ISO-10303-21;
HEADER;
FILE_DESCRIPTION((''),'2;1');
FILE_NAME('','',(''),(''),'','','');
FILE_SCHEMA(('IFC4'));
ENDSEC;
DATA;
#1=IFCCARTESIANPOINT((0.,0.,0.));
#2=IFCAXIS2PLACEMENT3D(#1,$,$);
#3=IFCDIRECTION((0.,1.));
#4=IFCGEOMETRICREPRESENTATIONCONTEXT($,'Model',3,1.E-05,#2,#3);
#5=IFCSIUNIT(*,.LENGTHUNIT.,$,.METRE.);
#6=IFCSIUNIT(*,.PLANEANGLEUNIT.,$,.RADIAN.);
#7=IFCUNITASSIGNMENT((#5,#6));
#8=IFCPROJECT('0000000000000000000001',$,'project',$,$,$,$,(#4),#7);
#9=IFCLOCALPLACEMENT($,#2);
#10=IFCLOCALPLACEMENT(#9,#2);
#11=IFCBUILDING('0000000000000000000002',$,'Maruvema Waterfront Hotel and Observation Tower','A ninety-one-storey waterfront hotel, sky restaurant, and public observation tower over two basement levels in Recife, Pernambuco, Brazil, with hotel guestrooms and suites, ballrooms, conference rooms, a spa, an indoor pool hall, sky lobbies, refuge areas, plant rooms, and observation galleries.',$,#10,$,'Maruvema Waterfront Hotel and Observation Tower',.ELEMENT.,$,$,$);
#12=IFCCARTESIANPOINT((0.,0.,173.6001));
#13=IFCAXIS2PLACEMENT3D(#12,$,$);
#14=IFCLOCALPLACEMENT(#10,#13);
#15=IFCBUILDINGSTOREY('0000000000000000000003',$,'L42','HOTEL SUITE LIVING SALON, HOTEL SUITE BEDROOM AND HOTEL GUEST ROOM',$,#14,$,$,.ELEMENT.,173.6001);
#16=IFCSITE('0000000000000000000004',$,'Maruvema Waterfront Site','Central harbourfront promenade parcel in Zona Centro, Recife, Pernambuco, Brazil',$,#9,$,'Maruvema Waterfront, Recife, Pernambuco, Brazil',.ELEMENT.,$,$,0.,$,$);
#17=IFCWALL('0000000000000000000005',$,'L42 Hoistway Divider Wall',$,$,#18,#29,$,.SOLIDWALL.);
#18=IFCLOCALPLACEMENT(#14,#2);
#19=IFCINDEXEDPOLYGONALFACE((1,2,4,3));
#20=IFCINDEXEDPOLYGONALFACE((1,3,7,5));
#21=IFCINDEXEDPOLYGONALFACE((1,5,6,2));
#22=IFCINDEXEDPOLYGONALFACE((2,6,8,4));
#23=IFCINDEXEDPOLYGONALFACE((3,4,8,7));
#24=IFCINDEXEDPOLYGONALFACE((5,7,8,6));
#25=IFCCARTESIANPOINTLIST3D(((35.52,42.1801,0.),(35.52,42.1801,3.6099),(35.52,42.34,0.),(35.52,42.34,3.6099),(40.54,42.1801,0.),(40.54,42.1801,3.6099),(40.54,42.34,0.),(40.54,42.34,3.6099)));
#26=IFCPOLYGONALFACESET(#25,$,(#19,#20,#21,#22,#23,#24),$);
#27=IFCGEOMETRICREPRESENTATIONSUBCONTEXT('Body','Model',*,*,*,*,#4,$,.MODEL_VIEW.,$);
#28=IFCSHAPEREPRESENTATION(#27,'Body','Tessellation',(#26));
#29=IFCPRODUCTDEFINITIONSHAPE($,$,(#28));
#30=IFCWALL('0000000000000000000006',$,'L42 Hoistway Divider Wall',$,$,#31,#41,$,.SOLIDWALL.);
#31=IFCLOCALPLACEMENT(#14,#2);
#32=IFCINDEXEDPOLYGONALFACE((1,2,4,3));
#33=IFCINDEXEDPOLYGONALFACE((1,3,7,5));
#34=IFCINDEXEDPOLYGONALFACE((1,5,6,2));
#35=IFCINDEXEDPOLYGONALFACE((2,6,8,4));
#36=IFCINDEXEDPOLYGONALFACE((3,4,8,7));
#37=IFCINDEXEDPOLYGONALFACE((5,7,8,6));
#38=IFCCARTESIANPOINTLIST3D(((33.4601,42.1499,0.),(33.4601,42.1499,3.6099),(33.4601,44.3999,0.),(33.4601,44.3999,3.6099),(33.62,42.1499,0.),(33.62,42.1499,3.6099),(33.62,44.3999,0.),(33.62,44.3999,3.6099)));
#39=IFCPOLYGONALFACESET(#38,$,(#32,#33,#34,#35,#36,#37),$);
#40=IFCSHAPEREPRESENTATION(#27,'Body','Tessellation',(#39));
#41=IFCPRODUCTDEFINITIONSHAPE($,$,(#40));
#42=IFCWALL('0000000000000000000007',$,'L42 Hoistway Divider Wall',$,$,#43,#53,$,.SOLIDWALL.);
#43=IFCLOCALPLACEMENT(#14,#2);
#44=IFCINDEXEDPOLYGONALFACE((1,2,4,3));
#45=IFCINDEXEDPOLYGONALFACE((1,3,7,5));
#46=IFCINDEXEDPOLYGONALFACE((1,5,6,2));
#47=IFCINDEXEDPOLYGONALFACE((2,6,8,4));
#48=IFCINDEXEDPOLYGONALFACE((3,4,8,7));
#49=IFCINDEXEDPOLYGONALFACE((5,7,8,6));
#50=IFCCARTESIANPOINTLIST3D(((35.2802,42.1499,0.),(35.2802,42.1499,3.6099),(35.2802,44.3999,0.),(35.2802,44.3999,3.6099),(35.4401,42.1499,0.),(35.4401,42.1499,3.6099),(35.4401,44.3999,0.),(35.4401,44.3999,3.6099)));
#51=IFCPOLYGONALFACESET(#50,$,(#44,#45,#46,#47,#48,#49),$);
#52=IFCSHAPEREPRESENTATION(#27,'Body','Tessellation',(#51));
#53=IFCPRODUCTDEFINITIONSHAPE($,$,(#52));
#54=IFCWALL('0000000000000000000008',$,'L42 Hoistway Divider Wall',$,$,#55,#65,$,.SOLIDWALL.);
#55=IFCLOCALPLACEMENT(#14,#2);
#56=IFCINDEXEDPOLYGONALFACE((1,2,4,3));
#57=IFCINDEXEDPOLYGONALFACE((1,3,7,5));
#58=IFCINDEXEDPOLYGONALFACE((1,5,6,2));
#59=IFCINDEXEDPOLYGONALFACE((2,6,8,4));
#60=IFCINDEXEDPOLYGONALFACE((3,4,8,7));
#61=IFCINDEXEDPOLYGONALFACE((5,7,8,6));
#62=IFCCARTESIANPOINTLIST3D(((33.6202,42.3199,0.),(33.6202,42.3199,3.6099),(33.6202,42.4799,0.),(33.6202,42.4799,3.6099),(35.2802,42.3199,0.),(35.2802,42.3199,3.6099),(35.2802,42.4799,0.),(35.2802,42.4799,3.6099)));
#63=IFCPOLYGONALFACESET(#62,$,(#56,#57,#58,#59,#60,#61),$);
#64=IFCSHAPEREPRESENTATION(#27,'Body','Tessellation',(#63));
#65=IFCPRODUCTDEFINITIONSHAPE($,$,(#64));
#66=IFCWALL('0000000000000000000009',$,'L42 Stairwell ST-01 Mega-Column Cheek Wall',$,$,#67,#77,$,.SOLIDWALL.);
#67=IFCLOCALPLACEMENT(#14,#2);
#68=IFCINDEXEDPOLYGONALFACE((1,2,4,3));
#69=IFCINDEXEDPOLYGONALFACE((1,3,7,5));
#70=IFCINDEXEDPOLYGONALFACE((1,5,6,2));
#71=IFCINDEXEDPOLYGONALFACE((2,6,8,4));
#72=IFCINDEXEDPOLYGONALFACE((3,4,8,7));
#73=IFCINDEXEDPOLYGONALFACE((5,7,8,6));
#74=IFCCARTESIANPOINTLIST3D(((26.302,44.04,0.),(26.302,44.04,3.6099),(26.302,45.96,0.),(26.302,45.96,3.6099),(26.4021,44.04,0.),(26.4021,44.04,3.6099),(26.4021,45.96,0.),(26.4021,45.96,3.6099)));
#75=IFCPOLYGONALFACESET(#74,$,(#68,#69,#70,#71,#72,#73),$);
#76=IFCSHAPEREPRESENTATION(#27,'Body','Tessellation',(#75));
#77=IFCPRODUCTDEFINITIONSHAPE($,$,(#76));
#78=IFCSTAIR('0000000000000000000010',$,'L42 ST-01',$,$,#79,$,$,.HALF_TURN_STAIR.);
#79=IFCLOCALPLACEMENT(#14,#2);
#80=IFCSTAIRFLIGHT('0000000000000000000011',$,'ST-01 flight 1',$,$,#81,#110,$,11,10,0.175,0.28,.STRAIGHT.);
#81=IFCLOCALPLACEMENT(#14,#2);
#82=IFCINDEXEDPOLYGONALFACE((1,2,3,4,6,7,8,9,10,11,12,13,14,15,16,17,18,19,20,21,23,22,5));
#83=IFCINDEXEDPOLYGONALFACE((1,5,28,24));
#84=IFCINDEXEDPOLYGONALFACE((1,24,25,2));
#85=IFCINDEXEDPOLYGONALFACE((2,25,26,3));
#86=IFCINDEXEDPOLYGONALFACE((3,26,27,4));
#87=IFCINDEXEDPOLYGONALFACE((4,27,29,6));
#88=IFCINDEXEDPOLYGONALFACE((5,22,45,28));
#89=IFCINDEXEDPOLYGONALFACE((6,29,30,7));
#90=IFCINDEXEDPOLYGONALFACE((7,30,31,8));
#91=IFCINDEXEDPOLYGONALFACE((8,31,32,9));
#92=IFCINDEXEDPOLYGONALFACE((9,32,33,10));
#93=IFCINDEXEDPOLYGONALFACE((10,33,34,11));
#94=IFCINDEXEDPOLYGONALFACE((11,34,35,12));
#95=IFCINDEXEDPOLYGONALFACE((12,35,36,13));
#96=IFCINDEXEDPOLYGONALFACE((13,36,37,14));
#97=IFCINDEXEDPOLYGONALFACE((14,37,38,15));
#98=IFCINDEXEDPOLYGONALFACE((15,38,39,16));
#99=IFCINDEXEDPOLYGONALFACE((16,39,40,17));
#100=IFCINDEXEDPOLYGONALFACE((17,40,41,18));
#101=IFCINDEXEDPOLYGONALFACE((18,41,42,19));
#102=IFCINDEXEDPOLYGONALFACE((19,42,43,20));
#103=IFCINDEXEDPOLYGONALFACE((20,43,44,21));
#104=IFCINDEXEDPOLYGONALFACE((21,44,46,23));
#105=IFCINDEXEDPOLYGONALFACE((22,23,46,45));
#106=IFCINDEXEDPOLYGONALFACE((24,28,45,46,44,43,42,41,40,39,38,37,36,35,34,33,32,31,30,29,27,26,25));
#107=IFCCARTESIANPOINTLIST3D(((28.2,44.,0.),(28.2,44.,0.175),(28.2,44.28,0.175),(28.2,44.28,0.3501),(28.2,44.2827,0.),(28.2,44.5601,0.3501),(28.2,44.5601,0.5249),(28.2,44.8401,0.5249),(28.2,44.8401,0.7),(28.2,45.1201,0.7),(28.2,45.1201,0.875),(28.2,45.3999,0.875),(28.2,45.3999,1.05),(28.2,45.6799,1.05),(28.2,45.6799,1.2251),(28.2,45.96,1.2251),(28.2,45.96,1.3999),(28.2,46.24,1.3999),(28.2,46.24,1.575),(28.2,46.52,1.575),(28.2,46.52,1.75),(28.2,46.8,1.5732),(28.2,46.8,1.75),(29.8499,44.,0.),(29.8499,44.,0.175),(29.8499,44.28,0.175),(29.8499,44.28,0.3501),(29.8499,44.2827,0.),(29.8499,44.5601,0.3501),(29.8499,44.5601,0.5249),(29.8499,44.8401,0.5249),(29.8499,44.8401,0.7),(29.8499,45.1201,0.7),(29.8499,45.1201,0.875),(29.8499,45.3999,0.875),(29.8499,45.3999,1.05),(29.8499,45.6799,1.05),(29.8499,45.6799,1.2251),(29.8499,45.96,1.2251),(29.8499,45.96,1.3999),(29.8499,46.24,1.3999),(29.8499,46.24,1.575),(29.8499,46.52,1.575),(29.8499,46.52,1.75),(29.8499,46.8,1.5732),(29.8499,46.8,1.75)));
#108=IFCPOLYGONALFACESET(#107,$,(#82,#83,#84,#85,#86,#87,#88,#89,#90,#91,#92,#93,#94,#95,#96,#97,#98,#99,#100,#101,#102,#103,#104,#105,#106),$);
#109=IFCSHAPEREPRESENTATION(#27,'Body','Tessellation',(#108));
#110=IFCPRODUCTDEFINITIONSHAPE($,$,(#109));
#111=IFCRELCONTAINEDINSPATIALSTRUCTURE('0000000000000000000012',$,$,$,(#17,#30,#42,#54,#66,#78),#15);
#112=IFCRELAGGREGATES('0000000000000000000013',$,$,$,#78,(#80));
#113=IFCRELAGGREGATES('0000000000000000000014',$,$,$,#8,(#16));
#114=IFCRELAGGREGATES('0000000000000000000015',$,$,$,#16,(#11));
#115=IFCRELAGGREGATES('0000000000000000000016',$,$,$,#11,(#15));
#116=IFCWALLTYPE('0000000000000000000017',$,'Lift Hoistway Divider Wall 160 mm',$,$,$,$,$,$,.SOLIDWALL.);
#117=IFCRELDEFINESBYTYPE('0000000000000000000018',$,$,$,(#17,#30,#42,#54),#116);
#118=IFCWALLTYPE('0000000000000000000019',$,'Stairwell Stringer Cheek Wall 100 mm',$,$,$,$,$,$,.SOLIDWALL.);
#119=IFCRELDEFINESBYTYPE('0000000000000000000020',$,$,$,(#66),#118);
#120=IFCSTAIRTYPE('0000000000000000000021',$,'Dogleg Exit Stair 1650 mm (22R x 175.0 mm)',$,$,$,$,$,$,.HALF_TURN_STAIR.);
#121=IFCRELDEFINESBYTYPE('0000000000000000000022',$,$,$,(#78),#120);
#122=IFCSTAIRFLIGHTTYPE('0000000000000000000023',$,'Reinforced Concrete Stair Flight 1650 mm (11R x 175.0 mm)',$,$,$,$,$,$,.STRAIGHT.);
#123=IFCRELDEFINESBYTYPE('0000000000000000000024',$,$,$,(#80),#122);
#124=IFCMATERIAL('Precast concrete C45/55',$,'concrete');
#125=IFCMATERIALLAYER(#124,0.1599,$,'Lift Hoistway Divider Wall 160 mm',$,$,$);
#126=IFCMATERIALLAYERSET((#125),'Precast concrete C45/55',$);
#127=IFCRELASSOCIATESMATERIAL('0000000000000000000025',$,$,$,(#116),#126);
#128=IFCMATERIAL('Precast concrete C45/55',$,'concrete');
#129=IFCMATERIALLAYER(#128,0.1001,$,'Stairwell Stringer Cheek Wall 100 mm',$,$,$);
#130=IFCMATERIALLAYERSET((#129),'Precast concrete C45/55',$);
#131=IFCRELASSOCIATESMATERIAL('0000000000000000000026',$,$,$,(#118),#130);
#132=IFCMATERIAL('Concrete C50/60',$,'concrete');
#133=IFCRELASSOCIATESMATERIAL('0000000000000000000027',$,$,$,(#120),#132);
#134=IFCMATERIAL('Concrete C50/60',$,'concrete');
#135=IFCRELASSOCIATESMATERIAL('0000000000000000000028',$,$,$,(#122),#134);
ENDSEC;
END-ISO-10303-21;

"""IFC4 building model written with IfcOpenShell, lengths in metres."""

from ifc_helpers import new_model, si_unit, direction, frame, frame_2d, origin, place, context, subcontext, project, spatial, polyline, rectangle, outline, extrude, material, layer, layer_set, type_object, element, aggregate, save


model = new_model("IFC4")

# Units and contexts
model_context = context("Model", 3, precision=1e-05, world=origin(), true_north=direction((0.0, 1.0)))
body_context = subcontext(model_context, "Body", "Model", "MODEL_VIEW")
ifc_project = project(units=[si_unit("LENGTHUNIT", "METRE"), si_unit("PLANEANGLEUNIT", "RADIAN")], contexts=[model_context])

# Site, building, storey
site_placement = place(None, origin())
site = spatial("IfcSite", under=ifc_project, at=site_placement, Name="Maruvema Waterfront Site", Description="Central harbourfront promenade parcel in Zona Centro, Recife, Pernambuco, Brazil", LongName="Maruvema Waterfront, Recife, Pernambuco, Brazil", CompositionType="ELEMENT", RefElevation=0.0)
building_placement = place(site_placement, origin())
building = spatial("IfcBuilding", under=site, at=building_placement, Name="Maruvema Waterfront Hotel and Observation Tower", Description="A ninety-one-storey waterfront hotel, sky restaurant, and public observation tower over two basement levels in Recife, Pernambuco, Brazil, with hotel guestrooms and suites, ballrooms, conference rooms, a spa, an indoor pool hall, sky lobbies, refuge areas, plant rooms, and observation galleries.", LongName="Maruvema Waterfront Hotel and Observation Tower", CompositionType="ELEMENT")
storey_placement = place(building_placement, frame((0.0, 0.0, 173.6001)))
storey = spatial("IfcBuildingStorey", under=building, at=storey_placement, Name="L42", Description="HOTEL SUITE LIVING SALON, HOTEL SUITE BEDROOM AND HOTEL GUEST ROOM", CompositionType="ELEMENT", Elevation=173.6001)

# Walls
ifc_material_1 = material(Name="Precast concrete C45/55", Category="concrete")
ifc_layer_1 = layer(ifc_material_1, 0.1599, Name="Lift Hoistway Divider Wall 160 mm")
ifc_layer_set_1 = layer_set([ifc_layer_1], Name="Precast concrete C45/55")
wall_type_1 = type_object("IfcWallType", Name="Lift Hoistway Divider Wall 160 mm", PredefinedType="SOLIDWALL", material=ifc_layer_set_1)
wall_1_placement = place(storey_placement, frame((35.52, 42.26, 0.0), z_axis=(0.0, 0.0, 1.0), x_axis=(1.0, 0.0, 0.0)))
element("IfcWall", 1, at=wall_1_placement, inside=storey, type_object=wall_type_1, Name="L42 Hoistway Divider Wall", PredefinedType="SOLIDWALL", context=body_context, shape_type="SweptSolid", body=[
    extrude(rectangle(XDim=5.02, YDim=0.1599, at=frame_2d((2.51, 0.0))), origin(), (0.0, 0.0, 1.0), 3.6099),
])
for number, where, z_axis, x_axis, name in (
    (2, (33.54, 42.1499, 0.0), (0.0, 0.0, 1.0), (0.0, 1.0, 0.0), "L42 Hoistway Divider Wall"),
    (3, (35.3601, 42.1499, 0.0), (0.0, 0.0, 1.0), (0.0, 1.0, 0.0), "L42 Hoistway Divider Wall"),
):
    element("IfcWall", number, at=place(storey_placement, frame(where, z_axis=z_axis, x_axis=x_axis)), inside=storey, type_object=wall_type_1, Name=name, PredefinedType="SOLIDWALL", context=body_context, shape_type="SweptSolid", body=[
        extrude(rectangle(XDim=2.25, YDim=0.1599, at=frame_2d((1.125, 0.0))), origin(), (0.0, 0.0, 1.0), 3.6099),
    ])
wall_2_placement = place(storey_placement, frame((33.6201, 42.3999, 0.0), z_axis=(0.0, 0.0, 1.0), x_axis=(1.0, 0.0, 0.0)))
element("IfcWall", 4, at=wall_2_placement, inside=storey, type_object=wall_type_1, Name="L42 Hoistway Divider Wall", PredefinedType="SOLIDWALL", context=body_context, shape_type="SweptSolid", body=[
    extrude(rectangle(XDim=1.6599, YDim=0.1599, at=frame_2d((0.8301, 0.0))), origin(), (0.0, 0.0, 1.0), 3.6099),
])
ifc_material_2 = material(Name="Precast concrete C45/55", Category="concrete")
ifc_layer_2 = layer(ifc_material_2, 0.1001, Name="Stairwell Stringer Cheek Wall 100 mm")
ifc_layer_set_2 = layer_set([ifc_layer_2], Name="Precast concrete C45/55")
wall_type_2 = type_object("IfcWallType", Name="Stairwell Stringer Cheek Wall 100 mm", PredefinedType="SOLIDWALL", material=ifc_layer_set_2)
wall_3_placement = place(storey_placement, frame((26.3521, 44.04, 0.0), z_axis=(0.0, 0.0, 1.0), x_axis=(0.0, 1.0, 0.0)))
element("IfcWall", 5, at=wall_3_placement, inside=storey, type_object=wall_type_2, Name="L42 Stairwell ST-01 Mega-Column Cheek Wall", PredefinedType="SOLIDWALL", context=body_context, shape_type="SweptSolid", body=[
    extrude(rectangle(XDim=1.9199, YDim=0.1001, at=frame_2d((0.96, 0.0))), origin(), (0.0, 0.0, 1.0), 3.6099),
])

# Stair, stair flight
ifc_material_3 = material(Name="Concrete C50/60", Category="concrete")
stair_type = type_object("IfcStairType", Name="Dogleg Exit Stair 1650 mm (22R x 175.0 mm)", PredefinedType="HALF_TURN_STAIR", material=ifc_material_3)
stair_placement = place(storey_placement, origin())
stair = element("IfcStair", 6, at=stair_placement, inside=storey, type_object=stair_type, Name="L42 ST-01", PredefinedType="HALF_TURN_STAIR")
ifc_material_4 = material(Name="Concrete C50/60", Category="concrete")
stair_flight_type = type_object("IfcStairFlightType", Name="Reinforced Concrete Stair Flight 1650 mm (11R x 175.0 mm)", PredefinedType="STRAIGHT", material=ifc_material_4)
stair_flight_placement = place(storey_placement, frame((29.0249, 44.0, 0.0), z_axis=(0.0, 0.0, 1.0), x_axis=(0.0, 1.0, 0.0)))
stair_flight = element("IfcStairFlight", 7, at=stair_flight_placement, type_object=stair_flight_type, Name="ST-01 flight 1", NumberOfRisers=11, NumberOfTreads=10, PredefinedType="STRAIGHT", RiserHeight=0.175, TreadLength=0.28, context=body_context, shape_type="SweptSolid", body=[
    extrude(outline(polyline([(0.0, 0.0), (0.0, 0.175), (0.28, 0.175), (0.28, 0.3501), (0.5601, 0.3501), (0.5601, 0.5249), (0.8401, 0.5249), (0.8401, 0.7), (1.1201, 0.7), (1.1201, 0.875), (1.3999, 0.875), (1.3999, 1.05), (1.6799, 1.05), (1.6799, 1.2251), (1.96, 1.2251), (1.96, 1.3999), (2.24, 1.3999), (2.24, 1.575), (2.52, 1.575), (2.52, 1.75), (2.8, 1.75), (2.8, 1.925), (2.8, 1.5732), (0.2827, 0.0), (0.0, 0.0)])), frame((0.0, 0.825, 0.0), z_axis=(0.0, -1.0, 0.0), x_axis=(1.0, 0.0, 0.0)), (0.0, 0.0, 1.0), 1.6499),
])
aggregate(stair, [stair_flight])

save(model, "model.ifc")
